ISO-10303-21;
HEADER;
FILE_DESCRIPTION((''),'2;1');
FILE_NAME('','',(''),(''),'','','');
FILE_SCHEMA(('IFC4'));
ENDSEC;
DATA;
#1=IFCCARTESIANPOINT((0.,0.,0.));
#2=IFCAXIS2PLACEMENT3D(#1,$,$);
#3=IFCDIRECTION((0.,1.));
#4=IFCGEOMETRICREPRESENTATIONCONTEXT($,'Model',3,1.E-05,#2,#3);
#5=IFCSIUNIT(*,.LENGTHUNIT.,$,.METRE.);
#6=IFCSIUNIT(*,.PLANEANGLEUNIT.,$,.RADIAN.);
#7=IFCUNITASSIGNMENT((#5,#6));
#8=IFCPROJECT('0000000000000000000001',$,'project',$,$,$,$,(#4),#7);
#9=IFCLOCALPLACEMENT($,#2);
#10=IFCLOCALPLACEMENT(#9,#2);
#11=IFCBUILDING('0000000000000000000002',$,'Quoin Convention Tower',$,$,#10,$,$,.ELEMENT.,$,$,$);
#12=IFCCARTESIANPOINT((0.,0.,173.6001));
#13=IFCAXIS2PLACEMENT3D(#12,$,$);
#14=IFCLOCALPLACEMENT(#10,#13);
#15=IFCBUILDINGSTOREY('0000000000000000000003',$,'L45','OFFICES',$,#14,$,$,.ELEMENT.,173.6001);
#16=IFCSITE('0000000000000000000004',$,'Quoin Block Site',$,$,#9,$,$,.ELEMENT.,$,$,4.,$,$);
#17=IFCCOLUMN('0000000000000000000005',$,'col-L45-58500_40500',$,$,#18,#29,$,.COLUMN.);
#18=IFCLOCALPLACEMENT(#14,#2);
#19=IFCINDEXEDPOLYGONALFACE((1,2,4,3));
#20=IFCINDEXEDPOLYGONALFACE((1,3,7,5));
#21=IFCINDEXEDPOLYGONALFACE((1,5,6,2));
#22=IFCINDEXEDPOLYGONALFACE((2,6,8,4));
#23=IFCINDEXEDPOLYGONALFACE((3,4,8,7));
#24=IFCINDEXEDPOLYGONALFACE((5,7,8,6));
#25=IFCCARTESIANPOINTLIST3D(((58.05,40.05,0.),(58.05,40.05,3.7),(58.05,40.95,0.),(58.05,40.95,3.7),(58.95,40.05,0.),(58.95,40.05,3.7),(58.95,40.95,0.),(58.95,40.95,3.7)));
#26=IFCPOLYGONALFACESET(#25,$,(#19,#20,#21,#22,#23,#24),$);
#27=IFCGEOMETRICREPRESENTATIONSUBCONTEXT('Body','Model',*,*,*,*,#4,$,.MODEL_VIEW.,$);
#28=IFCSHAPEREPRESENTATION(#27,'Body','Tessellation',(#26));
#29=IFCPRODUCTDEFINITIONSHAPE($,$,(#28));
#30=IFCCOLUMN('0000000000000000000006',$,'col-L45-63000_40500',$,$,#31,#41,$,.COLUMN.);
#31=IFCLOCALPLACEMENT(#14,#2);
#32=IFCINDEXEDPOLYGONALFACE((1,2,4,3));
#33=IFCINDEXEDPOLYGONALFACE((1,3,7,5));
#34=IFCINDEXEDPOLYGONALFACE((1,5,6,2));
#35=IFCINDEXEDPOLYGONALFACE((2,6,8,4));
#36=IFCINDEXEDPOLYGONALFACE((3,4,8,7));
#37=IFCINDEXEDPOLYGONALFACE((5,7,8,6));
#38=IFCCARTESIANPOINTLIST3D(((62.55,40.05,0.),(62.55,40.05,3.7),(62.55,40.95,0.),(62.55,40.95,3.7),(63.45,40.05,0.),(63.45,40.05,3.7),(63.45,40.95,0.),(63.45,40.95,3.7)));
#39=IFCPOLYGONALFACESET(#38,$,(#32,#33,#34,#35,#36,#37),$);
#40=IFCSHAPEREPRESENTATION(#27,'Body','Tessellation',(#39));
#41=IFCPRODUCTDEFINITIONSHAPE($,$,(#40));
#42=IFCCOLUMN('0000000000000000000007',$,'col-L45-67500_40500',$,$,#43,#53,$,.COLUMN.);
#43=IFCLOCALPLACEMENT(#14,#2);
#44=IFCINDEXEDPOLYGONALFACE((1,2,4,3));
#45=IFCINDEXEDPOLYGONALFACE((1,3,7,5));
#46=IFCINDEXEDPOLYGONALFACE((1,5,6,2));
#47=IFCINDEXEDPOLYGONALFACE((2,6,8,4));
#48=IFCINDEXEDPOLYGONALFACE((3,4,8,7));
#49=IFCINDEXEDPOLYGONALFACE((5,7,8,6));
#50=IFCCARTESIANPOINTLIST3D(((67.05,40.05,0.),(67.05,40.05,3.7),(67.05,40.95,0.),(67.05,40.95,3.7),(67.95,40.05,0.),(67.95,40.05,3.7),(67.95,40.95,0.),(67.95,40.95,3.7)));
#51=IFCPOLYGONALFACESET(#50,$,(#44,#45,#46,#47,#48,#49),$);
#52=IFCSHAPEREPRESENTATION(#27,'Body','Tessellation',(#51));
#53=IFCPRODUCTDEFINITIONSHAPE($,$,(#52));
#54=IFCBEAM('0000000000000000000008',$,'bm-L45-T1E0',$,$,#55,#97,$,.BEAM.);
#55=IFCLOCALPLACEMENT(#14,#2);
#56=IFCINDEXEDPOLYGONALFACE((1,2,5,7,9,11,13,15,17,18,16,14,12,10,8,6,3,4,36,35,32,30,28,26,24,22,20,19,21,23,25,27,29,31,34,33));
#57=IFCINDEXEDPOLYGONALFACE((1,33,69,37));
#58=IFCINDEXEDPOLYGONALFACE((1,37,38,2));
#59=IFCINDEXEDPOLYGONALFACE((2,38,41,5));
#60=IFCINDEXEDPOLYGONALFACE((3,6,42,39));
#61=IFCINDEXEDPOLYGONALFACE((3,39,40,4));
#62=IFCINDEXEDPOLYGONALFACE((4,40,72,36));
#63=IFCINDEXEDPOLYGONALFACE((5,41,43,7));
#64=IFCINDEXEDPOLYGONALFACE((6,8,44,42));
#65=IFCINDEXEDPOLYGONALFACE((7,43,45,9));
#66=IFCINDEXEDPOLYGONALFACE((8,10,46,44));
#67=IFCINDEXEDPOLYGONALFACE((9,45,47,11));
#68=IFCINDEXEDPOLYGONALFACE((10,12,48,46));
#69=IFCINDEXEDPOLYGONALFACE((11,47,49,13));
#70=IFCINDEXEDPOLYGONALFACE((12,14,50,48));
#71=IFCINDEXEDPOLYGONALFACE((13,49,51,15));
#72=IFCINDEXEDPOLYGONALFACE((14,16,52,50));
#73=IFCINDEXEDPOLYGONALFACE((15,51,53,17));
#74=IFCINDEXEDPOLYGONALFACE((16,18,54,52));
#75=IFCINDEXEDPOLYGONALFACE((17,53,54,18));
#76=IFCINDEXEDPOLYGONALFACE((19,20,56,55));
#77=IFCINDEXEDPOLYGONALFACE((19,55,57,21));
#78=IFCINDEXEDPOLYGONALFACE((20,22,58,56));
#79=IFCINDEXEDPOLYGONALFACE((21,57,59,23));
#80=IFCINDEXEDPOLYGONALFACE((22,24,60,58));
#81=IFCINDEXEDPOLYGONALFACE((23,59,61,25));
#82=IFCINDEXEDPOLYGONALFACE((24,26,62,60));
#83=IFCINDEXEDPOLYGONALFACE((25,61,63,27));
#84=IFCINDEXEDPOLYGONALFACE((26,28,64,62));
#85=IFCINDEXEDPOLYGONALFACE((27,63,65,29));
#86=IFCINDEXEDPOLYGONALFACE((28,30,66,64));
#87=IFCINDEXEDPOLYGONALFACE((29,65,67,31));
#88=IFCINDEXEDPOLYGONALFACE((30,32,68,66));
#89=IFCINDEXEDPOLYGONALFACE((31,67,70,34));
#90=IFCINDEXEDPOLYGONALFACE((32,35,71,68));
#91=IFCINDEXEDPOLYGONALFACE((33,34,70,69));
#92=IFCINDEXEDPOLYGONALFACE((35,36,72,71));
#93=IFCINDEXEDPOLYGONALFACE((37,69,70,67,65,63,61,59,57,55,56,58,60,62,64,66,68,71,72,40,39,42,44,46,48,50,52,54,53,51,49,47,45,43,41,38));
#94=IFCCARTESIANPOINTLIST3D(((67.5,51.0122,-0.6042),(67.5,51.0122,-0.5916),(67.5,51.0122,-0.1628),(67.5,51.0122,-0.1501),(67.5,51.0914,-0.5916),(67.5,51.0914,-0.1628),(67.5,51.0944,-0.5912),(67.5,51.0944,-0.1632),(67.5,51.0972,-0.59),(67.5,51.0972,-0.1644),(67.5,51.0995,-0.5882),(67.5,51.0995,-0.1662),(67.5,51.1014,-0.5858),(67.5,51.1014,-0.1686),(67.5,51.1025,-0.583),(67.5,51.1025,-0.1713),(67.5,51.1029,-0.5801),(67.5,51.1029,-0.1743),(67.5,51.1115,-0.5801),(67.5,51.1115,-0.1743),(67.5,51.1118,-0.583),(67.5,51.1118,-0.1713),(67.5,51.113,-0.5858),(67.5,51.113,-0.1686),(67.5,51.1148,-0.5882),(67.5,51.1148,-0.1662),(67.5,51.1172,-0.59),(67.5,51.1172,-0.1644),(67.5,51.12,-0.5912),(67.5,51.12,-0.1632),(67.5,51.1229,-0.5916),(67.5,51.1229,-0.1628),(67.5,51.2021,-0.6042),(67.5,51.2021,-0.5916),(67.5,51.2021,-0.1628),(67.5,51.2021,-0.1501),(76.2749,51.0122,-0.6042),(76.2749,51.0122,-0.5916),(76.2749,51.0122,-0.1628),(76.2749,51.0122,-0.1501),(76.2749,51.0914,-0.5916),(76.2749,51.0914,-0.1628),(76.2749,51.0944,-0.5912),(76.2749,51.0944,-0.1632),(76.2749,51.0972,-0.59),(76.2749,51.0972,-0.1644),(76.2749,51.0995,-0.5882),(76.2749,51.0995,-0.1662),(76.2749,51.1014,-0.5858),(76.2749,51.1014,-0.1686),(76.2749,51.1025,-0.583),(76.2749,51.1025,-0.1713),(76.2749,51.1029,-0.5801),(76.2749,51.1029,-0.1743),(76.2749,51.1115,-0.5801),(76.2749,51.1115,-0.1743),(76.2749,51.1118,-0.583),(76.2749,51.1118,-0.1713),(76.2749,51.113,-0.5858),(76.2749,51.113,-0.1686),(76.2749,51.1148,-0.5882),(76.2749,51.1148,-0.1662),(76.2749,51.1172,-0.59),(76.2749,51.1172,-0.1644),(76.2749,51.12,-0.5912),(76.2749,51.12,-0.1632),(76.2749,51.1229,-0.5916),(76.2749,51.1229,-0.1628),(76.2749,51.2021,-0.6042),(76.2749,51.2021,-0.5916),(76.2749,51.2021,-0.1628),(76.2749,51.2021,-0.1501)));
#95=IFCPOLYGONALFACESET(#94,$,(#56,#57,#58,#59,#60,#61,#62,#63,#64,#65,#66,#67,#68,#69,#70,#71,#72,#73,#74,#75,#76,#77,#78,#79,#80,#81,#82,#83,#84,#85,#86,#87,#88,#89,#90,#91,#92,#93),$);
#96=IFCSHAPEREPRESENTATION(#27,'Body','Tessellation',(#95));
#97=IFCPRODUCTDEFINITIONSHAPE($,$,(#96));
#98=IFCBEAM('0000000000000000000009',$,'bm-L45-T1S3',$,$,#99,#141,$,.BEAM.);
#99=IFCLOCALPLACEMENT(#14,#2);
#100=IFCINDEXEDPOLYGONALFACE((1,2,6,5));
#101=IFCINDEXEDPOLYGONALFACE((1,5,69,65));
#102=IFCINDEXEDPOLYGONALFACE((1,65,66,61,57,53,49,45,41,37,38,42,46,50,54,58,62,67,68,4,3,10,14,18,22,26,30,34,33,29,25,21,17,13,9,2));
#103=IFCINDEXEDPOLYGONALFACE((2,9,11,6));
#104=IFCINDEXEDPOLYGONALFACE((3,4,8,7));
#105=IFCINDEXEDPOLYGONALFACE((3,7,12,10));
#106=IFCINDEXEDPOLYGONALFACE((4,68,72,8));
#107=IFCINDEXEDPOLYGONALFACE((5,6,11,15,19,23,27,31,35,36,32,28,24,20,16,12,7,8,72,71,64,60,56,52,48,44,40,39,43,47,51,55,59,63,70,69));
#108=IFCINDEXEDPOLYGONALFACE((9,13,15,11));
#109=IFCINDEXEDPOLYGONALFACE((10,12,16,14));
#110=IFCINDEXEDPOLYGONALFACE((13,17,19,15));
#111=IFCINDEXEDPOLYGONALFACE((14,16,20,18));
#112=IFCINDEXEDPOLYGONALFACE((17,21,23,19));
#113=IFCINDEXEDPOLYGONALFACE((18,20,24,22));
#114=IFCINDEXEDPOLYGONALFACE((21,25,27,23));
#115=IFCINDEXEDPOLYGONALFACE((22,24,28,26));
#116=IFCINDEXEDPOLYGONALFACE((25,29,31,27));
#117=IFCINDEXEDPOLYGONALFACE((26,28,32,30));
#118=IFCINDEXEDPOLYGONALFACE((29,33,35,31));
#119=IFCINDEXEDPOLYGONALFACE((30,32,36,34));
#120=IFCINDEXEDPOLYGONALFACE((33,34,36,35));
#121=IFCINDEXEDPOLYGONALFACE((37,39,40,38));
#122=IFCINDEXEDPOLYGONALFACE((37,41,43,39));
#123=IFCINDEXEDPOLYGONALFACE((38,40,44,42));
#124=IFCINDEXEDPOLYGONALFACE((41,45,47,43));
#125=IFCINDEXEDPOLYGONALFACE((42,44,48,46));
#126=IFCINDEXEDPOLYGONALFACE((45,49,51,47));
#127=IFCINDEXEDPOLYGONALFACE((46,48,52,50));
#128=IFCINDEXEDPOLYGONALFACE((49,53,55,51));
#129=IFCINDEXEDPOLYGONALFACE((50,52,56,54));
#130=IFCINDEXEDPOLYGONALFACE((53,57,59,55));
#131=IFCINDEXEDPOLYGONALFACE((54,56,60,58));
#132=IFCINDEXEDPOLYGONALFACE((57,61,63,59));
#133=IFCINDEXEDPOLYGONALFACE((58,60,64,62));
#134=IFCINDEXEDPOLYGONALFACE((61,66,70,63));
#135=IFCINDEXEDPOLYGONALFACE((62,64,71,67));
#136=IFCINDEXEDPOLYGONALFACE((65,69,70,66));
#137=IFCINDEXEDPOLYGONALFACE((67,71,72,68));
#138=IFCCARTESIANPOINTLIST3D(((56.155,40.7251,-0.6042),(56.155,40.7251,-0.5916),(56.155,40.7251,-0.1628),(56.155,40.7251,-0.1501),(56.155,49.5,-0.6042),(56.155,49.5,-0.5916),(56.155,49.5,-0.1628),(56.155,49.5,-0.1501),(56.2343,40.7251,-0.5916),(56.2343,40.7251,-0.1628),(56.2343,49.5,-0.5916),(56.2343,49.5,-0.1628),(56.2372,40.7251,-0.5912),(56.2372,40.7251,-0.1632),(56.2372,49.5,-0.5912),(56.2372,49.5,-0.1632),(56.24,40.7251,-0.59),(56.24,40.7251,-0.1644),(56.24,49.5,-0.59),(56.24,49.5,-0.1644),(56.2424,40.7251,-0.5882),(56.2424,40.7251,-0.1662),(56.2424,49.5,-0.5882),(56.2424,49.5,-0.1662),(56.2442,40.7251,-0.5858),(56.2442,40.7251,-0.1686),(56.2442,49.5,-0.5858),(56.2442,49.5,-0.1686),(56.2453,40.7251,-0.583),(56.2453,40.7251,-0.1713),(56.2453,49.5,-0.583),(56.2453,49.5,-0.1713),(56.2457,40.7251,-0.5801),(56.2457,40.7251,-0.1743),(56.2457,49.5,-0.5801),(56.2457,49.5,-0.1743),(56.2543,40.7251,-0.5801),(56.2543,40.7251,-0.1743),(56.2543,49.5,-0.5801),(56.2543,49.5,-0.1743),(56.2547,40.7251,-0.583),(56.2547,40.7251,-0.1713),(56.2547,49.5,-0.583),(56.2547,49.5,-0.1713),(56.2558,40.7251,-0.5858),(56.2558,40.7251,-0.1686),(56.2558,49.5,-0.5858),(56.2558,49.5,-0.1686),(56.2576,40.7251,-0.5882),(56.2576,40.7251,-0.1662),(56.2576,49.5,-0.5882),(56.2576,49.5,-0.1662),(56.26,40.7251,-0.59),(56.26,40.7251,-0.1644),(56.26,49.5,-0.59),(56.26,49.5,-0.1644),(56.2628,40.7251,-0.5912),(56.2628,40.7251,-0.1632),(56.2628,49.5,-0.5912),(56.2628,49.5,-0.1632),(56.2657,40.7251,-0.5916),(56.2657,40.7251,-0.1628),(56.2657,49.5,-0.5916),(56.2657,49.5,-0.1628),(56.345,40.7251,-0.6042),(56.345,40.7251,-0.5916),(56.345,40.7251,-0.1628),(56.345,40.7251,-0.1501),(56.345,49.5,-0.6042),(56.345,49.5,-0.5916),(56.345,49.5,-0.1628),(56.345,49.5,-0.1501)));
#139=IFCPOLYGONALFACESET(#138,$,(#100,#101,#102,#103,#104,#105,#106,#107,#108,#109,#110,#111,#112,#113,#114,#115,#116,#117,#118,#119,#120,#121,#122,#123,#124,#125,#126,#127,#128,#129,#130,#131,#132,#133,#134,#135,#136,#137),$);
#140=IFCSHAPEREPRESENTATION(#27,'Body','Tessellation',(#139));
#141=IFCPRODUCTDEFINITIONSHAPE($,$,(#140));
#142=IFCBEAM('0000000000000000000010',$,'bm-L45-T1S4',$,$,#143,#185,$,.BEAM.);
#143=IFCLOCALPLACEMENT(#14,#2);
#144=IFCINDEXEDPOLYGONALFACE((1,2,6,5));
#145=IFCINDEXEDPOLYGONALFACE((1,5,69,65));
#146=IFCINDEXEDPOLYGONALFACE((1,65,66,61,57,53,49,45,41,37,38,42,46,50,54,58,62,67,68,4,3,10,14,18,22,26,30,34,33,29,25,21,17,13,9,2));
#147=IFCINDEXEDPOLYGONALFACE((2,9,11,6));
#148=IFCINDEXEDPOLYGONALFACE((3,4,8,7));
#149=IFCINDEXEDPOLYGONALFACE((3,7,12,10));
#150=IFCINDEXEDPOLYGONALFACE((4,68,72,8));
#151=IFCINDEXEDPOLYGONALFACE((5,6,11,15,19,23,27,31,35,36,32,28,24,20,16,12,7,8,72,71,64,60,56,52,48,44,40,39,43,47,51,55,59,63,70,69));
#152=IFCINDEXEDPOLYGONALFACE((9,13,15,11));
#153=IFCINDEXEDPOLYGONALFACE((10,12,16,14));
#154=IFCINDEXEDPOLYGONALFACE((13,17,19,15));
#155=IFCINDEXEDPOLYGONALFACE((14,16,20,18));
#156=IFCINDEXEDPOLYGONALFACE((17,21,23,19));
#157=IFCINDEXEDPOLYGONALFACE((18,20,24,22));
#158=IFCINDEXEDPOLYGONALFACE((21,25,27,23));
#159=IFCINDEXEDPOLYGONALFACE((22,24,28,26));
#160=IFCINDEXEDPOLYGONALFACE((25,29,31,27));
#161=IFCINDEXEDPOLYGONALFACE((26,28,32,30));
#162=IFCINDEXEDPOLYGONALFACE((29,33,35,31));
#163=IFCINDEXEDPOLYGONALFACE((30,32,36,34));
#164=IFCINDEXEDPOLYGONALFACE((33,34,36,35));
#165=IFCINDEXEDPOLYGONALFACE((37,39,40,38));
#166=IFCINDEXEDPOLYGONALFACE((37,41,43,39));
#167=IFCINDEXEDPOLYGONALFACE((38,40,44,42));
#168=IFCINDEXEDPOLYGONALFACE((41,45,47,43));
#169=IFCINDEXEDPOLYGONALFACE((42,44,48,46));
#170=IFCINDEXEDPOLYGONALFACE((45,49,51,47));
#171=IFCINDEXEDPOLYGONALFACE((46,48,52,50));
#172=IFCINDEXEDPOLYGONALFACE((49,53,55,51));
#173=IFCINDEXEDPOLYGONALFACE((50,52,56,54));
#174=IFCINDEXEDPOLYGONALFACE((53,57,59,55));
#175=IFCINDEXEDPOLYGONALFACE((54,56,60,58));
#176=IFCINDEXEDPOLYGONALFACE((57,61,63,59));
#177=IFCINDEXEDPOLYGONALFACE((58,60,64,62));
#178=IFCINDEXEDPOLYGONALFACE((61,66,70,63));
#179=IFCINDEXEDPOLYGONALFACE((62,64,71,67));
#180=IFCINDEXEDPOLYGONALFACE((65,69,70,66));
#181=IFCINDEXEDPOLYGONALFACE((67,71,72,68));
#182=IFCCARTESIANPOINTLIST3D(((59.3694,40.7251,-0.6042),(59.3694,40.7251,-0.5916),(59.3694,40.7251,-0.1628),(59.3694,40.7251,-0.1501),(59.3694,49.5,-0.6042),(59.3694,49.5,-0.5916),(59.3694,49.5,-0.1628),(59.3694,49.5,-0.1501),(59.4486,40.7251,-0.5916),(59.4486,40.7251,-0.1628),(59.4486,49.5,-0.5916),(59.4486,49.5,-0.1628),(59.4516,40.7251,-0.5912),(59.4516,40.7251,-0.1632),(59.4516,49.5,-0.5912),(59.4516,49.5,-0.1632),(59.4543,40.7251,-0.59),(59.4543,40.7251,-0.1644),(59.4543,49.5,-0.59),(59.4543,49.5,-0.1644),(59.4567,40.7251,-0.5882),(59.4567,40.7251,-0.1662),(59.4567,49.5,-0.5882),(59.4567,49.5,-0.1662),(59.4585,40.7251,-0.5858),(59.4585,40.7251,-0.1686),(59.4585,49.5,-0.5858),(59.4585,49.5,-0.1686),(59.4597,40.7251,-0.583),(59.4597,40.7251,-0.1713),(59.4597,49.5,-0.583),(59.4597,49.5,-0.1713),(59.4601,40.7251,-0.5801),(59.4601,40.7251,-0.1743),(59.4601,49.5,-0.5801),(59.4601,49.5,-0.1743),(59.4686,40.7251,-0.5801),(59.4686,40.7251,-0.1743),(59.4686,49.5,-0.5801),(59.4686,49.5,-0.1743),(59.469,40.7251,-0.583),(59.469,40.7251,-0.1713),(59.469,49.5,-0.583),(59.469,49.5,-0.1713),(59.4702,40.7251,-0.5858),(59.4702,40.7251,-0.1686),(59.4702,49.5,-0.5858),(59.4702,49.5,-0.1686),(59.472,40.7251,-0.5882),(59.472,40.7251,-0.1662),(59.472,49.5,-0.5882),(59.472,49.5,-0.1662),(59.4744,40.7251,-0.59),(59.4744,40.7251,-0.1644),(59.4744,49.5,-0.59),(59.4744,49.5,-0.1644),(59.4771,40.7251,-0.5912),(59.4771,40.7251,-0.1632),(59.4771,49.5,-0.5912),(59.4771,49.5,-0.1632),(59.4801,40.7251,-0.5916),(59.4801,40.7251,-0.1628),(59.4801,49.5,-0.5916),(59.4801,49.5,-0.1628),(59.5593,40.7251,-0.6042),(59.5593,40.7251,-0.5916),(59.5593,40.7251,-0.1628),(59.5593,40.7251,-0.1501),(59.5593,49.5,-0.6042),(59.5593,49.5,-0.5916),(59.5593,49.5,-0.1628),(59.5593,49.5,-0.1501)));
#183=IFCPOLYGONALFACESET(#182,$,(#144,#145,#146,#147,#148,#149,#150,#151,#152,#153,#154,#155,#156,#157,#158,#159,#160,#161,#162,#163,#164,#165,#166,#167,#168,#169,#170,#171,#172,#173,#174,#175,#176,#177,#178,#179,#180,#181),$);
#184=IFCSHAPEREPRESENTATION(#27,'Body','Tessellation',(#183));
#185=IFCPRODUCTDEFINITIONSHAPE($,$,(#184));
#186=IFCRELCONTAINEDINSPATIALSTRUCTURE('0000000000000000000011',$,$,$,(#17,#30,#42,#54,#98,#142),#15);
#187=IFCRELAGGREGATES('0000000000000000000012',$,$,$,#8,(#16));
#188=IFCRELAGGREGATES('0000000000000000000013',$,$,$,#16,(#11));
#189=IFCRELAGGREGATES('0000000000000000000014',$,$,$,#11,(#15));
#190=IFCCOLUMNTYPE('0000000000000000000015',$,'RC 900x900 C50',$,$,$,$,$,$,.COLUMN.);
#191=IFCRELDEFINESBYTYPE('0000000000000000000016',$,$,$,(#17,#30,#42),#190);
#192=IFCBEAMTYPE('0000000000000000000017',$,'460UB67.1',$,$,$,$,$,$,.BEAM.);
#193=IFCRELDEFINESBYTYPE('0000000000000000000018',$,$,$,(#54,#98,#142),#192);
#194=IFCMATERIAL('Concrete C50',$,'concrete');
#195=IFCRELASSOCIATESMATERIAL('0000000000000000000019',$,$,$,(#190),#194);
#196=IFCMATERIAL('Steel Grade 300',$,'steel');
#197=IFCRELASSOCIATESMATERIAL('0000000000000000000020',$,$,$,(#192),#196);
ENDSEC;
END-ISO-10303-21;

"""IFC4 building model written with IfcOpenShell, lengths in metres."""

from ifc_helpers import new_model, si_unit, direction, frame, origin, origin_2d, place, context, subcontext, project, spatial, rectangle, i_section, extrude, material, material_profile, profile_set, type_object, element, save


model = new_model("IFC4")

# Units and contexts
model_context = context("Model", 3, precision=1e-05, world=origin(), true_north=direction((0.0, 1.0)))
body_context = subcontext(model_context, "Body", "Model", "MODEL_VIEW")
ifc_project = project(units=[si_unit("LENGTHUNIT", "METRE"), si_unit("PLANEANGLEUNIT", "RADIAN")], contexts=[model_context])

# Site, building, storey
site_placement = place(None, origin())
site = spatial("IfcSite", under=ifc_project, at=site_placement, Name="Quoin Block Site", CompositionType="ELEMENT", RefElevation=4.0)
building_placement = place(site_placement, origin())
building = spatial("IfcBuilding", under=site, at=building_placement, Name="Quoin Convention Tower", CompositionType="ELEMENT")
storey_placement = place(building_placement, frame((0.0, 0.0, 173.6001)))
storey = spatial("IfcBuildingStorey", under=building, at=storey_placement, Name="L45", Description="OFFICES", CompositionType="ELEMENT", Elevation=173.6001)

# Columns
ifc_material_1 = material(Name="Concrete C50", Category="concrete")
ifc_material_profile_1 = material_profile(ifc_material_1, rectangle(XDim=0.8999, YDim=0.8999, at=origin_2d()), Name="RC 900x900")
ifc_profile_set_1 = profile_set([ifc_material_profile_1], Name="Concrete C50")
column_type = type_object("IfcColumnType", Name="RC 900x900 C50", PredefinedType="COLUMN", material=ifc_profile_set_1)
for number, where, z_axis, x_axis, name in (
    (1, (58.5, 40.5, 0.0), (0.0, 0.0, 1.0), (1.0, 0.0, 0.0), "col-L45-58500_40500"),
    (2, (63.0, 40.5, 0.0), (0.0, 0.0, 1.0), (1.0, 0.0, 0.0), "col-L45-63000_40500"),
    (3, (67.5, 40.5, 0.0), (0.0, 0.0, 1.0), (1.0, 0.0, 0.0), "col-L45-67500_40500"),
):
    element("IfcColumn", number, at=place(storey_placement, frame(where, z_axis=z_axis, x_axis=x_axis)), inside=storey, type_object=column_type, Name=name, PredefinedType="COLUMN", context=body_context, shape_type="SweptSolid", body=[
        extrude(rectangle(XDim=0.8999, YDim=0.8999, at=origin_2d()), origin(), (0.0, 0.0, 1.0), 3.7),
    ])

# Beams
ifc_material_2 = material(Name="Steel Grade 300", Category="steel")
ifc_material_profile_2 = material_profile(ifc_material_2, i_section(OverallWidth=0.1899, OverallDepth=0.4541, WebThickness=0.0085, FlangeThickness=0.0127, FilletRadius=0.0115, at=origin_2d()), Name="460UB67.1")
ifc_profile_set_2 = profile_set([ifc_material_profile_2], Name="Steel Grade 300")
beam_type_1 = type_object("IfcBeamType", Name="460UB67.1", PredefinedType="BEAM", material=ifc_profile_set_2)
for number, where, z_axis, x_axis, name in (
    (4, (67.5, 51.1072, -0.3772), (1.0, 0.0, 0.0), (0.0, 1.0, 0.0), "bm-L45-T1E0"),
    (5, (56.25, 40.7251, -0.3772), (0.0, 1.0, 0.0), (-1.0, 0.0, 0.0), "bm-L45-T1S3"),
    (6, (59.4644, 40.7251, -0.3772), (0.0, 1.0, 0.0), (-1.0, 0.0, 0.0), "bm-L45-T1S4"),
):
    element("IfcBeam", number, at=place(storey_placement, frame(where, z_axis=z_axis, x_axis=x_axis)), inside=storey, type_object=beam_type_1, Name=name, PredefinedType="BEAM", context=body_context, shape_type="SweptSolid", body=[
        extrude(i_section(OverallWidth=0.1899, OverallDepth=0.4541, WebThickness=0.0085, FlangeThickness=0.0127, FilletRadius=0.0115, at=origin_2d()), origin(), (0.0, 0.0, 1.0), 8.7749),
    ])

save(model, "model.ifc")
